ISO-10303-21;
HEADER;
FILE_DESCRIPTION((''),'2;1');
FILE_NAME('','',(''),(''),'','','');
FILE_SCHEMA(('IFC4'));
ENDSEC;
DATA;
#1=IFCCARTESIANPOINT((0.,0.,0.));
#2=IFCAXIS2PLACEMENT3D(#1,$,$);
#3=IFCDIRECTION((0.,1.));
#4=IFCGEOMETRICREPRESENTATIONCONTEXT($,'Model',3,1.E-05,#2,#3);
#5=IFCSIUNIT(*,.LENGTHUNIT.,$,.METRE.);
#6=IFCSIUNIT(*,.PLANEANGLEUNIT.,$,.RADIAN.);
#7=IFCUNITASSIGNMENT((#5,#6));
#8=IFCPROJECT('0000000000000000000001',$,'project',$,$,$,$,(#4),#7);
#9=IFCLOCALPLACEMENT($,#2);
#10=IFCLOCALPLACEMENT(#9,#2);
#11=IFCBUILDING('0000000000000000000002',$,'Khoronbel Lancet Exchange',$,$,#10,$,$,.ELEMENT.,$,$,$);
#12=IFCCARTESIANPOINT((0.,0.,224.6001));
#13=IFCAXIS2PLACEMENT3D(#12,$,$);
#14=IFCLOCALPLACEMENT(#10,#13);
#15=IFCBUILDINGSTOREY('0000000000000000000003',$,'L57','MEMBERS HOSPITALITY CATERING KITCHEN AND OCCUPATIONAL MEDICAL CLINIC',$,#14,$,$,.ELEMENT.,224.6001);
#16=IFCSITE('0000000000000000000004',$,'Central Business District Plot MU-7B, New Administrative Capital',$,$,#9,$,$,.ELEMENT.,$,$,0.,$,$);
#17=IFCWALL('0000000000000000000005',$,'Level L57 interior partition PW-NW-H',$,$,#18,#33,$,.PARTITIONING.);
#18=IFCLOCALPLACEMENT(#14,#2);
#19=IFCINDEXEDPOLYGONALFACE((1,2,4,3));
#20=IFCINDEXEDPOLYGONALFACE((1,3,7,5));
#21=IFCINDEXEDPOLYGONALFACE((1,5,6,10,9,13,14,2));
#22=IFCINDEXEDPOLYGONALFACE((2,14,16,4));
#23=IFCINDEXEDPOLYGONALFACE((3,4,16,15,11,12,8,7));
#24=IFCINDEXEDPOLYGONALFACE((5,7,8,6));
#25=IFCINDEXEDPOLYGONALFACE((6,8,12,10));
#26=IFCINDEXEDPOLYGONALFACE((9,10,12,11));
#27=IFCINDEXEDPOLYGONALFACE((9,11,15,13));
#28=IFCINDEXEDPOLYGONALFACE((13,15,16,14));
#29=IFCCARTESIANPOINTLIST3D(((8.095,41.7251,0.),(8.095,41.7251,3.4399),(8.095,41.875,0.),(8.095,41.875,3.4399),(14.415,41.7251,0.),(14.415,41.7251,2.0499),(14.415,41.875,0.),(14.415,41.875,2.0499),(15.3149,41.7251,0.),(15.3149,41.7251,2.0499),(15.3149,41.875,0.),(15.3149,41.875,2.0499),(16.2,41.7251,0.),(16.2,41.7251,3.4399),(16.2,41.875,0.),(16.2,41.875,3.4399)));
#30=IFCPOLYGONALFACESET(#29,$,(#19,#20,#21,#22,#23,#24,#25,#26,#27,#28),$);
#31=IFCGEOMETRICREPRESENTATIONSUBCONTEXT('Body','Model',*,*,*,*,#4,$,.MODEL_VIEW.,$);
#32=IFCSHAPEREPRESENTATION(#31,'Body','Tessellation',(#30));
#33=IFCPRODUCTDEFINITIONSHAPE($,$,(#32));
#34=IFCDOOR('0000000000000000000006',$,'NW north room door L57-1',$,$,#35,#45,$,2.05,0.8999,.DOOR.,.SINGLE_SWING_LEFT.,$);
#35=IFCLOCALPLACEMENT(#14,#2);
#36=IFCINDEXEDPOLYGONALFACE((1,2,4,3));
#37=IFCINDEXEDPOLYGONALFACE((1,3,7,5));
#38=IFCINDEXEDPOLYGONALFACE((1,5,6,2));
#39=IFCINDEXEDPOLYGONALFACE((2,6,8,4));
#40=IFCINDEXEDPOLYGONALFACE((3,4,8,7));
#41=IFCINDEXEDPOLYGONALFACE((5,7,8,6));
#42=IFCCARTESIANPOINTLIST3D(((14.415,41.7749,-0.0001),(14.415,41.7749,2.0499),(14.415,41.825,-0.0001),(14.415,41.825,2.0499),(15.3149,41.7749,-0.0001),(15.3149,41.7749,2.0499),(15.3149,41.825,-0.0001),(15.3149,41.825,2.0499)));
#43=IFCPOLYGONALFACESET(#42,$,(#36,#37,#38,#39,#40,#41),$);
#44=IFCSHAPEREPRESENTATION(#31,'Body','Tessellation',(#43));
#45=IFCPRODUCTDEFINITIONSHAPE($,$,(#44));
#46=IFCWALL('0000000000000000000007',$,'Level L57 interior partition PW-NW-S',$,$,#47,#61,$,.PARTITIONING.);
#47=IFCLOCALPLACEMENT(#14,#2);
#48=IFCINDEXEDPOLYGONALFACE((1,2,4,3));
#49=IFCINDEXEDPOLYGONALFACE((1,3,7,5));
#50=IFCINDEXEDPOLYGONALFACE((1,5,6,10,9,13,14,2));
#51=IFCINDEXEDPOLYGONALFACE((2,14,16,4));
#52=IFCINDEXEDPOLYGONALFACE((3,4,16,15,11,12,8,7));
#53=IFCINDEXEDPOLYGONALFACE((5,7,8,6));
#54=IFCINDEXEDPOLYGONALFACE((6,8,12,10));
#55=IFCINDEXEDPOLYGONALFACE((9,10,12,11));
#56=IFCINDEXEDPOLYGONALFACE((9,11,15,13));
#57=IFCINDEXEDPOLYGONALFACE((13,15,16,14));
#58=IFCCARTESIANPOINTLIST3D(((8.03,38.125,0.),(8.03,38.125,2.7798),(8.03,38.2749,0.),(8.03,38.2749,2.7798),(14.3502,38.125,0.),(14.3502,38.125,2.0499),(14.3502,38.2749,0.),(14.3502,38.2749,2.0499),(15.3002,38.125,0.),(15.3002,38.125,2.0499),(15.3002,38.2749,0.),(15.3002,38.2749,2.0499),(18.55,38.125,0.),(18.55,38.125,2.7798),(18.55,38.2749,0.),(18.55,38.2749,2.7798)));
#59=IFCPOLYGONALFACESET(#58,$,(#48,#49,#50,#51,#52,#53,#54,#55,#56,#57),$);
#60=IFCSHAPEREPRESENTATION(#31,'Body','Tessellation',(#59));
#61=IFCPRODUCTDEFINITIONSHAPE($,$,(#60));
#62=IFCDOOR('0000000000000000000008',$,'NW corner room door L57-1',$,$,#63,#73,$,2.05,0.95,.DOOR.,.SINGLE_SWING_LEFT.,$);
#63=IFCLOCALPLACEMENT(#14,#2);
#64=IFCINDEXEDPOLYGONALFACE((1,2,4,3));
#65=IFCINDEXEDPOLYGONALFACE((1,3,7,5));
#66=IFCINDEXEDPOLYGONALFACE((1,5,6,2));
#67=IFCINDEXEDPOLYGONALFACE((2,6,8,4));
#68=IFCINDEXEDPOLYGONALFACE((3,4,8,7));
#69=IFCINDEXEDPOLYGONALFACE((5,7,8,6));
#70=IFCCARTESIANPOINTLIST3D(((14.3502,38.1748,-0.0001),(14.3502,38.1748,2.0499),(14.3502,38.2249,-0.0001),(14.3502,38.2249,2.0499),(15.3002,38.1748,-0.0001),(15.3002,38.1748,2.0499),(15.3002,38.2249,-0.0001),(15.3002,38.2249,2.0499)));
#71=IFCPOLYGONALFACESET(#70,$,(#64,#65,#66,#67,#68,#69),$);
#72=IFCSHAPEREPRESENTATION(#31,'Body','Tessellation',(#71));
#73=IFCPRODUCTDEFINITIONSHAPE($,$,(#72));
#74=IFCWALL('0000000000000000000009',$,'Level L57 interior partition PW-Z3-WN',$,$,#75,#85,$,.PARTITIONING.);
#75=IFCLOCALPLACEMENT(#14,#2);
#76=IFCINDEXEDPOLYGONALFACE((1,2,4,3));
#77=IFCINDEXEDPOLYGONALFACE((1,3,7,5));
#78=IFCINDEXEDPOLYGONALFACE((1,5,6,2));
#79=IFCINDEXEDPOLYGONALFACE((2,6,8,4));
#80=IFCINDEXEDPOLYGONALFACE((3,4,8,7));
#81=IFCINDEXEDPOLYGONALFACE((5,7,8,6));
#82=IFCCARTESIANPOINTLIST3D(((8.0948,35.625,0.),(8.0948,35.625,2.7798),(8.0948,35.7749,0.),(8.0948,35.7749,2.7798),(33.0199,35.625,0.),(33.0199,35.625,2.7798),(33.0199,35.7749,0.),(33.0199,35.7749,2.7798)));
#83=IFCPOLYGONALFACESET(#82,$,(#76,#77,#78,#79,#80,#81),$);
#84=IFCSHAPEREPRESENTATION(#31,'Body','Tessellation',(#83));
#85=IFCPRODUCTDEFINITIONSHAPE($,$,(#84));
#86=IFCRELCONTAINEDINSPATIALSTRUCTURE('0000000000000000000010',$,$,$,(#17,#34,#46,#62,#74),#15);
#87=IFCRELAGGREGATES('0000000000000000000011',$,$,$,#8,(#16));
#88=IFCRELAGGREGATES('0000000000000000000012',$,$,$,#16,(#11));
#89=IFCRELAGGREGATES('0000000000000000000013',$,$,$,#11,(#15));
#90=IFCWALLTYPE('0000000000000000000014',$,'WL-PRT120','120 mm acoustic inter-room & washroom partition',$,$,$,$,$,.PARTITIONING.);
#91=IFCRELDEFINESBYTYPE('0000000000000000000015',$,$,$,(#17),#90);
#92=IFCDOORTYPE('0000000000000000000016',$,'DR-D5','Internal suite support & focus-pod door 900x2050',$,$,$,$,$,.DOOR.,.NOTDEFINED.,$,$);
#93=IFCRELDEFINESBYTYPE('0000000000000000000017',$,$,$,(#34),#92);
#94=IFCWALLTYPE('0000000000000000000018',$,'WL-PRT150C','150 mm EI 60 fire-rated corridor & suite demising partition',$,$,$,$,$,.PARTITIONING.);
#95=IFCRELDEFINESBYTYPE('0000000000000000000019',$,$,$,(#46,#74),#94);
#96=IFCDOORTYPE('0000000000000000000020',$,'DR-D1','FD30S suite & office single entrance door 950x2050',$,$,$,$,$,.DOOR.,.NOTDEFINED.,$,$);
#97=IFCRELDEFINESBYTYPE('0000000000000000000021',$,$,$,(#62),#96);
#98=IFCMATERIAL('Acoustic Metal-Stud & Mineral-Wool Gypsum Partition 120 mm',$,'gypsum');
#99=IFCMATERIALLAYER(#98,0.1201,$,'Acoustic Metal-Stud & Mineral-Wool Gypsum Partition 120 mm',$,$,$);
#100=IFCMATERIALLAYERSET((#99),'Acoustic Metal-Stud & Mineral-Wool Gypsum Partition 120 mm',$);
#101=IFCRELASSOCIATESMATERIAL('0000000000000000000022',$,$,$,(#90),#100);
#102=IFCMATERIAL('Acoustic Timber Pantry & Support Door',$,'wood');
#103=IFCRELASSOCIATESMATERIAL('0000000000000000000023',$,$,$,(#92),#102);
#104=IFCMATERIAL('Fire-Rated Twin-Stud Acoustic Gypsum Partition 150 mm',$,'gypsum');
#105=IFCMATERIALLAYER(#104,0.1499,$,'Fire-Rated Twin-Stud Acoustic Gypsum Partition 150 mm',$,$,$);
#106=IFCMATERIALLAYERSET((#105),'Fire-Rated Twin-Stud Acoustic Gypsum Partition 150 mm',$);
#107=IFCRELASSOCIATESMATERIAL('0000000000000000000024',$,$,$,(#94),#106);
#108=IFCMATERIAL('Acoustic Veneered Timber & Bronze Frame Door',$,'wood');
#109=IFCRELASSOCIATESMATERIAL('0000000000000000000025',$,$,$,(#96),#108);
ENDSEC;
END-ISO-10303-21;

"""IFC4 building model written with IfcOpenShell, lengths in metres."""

from ifc_helpers import new_model, si_unit, direction, frame, frame_2d, origin, place, context, subcontext, project, spatial, rectangle, extrude, material, layer, layer_set, type_object, element, fill, save


model = new_model("IFC4")

# Units and contexts
model_context = context("Model", 3, precision=1e-05, world=origin(), true_north=direction((0.0, 1.0)))
body_context = subcontext(model_context, "Body", "Model", "MODEL_VIEW")
ifc_project = project(units=[si_unit("LENGTHUNIT", "METRE"), si_unit("PLANEANGLEUNIT", "RADIAN")], contexts=[model_context])

# Site, building, storey
site_placement = place(None, origin())
site = spatial("IfcSite", under=ifc_project, at=site_placement, Name="Central Business District Plot MU-7B, New Administrative Capital", CompositionType="ELEMENT", RefElevation=0.0)
building_placement = place(site_placement, origin())
building = spatial("IfcBuilding", under=site, at=building_placement, Name="Khoronbel Lancet Exchange", CompositionType="ELEMENT")
storey_placement = place(building_placement, frame((0.0, 0.0, 224.6001)))
storey = spatial("IfcBuildingStorey", under=building, at=storey_placement, Name="L57", Description="MEMBERS HOSPITALITY CATERING KITCHEN AND OCCUPATIONAL MEDICAL CLINIC", CompositionType="ELEMENT", Elevation=224.6001)

# Walls, openings, doors
ifc_material_1 = material(Name="Acoustic Metal-Stud & Mineral-Wool Gypsum Partition 120 mm", Category="gypsum")
ifc_layer_1 = layer(ifc_material_1, 0.1201, Name="Acoustic Metal-Stud & Mineral-Wool Gypsum Partition 120 mm")
ifc_layer_set_1 = layer_set([ifc_layer_1], Name="Acoustic Metal-Stud & Mineral-Wool Gypsum Partition 120 mm")
wall_type_1 = type_object("IfcWallType", Name="WL-PRT120", Description="120 mm acoustic inter-room & washroom partition", PredefinedType="PARTITIONING", material=ifc_layer_set_1)
wall_1_placement = place(storey_placement, frame((8.095, 41.8, 0.0), z_axis=(0.0, 0.0, 1.0), x_axis=(1.0, 0.0, 0.0)))
wall_1 = element("IfcWall", 1, at=wall_1_placement, inside=storey, type_object=wall_type_1, Name="Level L57 interior partition PW-NW-H", PredefinedType="PARTITIONING", context=body_context, shape_type="SweptSolid", body=[
    extrude(rectangle(XDim=8.105, YDim=0.1499, at=frame_2d((4.0525, 0.0))), origin(), (0.0, 0.0, 1.0), 3.4399),
])
opening_1_placement = place(wall_1_placement, frame((6.3201, 0.0, 0.0)))
opening_1 = element("IfcOpeningElement", 2, at=opening_1_placement, cuts=wall_1, PredefinedType="OPENING", context=body_context, shape_type="SweptSolid", body=[
    extrude(rectangle(XDim=0.8999, YDim=2.05, at=frame_2d((0.45, 1.0249))), frame((0.0, 0.085, 0.0), z_axis=(0.0, -1.0, 0.0), x_axis=(1.0, 0.0, 0.0)), (0.0, 0.0, 1.0), 0.1699),
])
ifc_material_2 = material(Name="Acoustic Timber Pantry & Support Door", Category="wood")
door_type_1 = type_object("IfcDoorType", Name="DR-D5", Description="Internal suite support & focus-pod door 900x2050", OperationType="NOTDEFINED", PredefinedType="DOOR", material=ifc_material_2)
door_1_placement = place(opening_1_placement, origin())
door_1 = element("IfcDoor", 3, at=door_1_placement, inside=storey, type_object=door_type_1, Name="NW north room door L57-1", OperationType="SINGLE_SWING_LEFT", OverallHeight=2.05, OverallWidth=0.8999, PredefinedType="DOOR", context=body_context, shape_type="SweptSolid", body=[
    extrude(rectangle(XDim=0.8999, YDim=2.05, at=frame_2d((0.45, 1.0249))), frame((0.0, 0.0249, 0.0), z_axis=(0.0, -1.0, 0.0), x_axis=(1.0, 0.0, 0.0)), (0.0, 0.0, 1.0), 0.05),
])
fill(opening_1, door_1)
ifc_material_3 = material(Name="Fire-Rated Twin-Stud Acoustic Gypsum Partition 150 mm", Category="gypsum")
ifc_layer_2 = layer(ifc_material_3, 0.1499, Name="Fire-Rated Twin-Stud Acoustic Gypsum Partition 150 mm")
ifc_layer_set_2 = layer_set([ifc_layer_2], Name="Fire-Rated Twin-Stud Acoustic Gypsum Partition 150 mm")
wall_type_2 = type_object("IfcWallType", Name="WL-PRT150C", Description="150 mm EI 60 fire-rated corridor & suite demising partition", PredefinedType="PARTITIONING", material=ifc_layer_set_2)
wall_2_placement = place(storey_placement, frame((8.03, 38.2, 0.0), z_axis=(0.0, 0.0, 1.0), x_axis=(1.0, 0.0, 0.0)))
wall_2 = element("IfcWall", 4, at=wall_2_placement, inside=storey, type_object=wall_type_2, Name="Level L57 interior partition PW-NW-S", PredefinedType="PARTITIONING", context=body_context, shape_type="SweptSolid", body=[
    extrude(rectangle(XDim=10.52, YDim=0.1499, at=frame_2d((5.26, 0.0))), origin(), (0.0, 0.0, 1.0), 2.7798),
])
opening_2_placement = place(wall_2_placement, frame((6.3201, 0.0, 0.0)))
opening_2 = element("IfcOpeningElement", 5, at=opening_2_placement, cuts=wall_2, PredefinedType="OPENING", context=body_context, shape_type="SweptSolid", body=[
    extrude(rectangle(XDim=0.95, YDim=2.05, at=frame_2d((0.4751, 1.0249))), frame((0.0, 0.085, 0.0), z_axis=(0.0, -1.0, 0.0), x_axis=(1.0, 0.0, 0.0)), (0.0, 0.0, 1.0), 0.1699),
])
ifc_material_4 = material(Name="Acoustic Veneered Timber & Bronze Frame Door", Category="wood")
door_type_2 = type_object("IfcDoorType", Name="DR-D1", Description="FD30S suite & office single entrance door 950x2050", OperationType="NOTDEFINED", PredefinedType="DOOR", material=ifc_material_4)
door_2_placement = place(opening_2_placement, origin())
door_2 = element("IfcDoor", 6, at=door_2_placement, inside=storey, type_object=door_type_2, Name="NW corner room door L57-1", OperationType="SINGLE_SWING_LEFT", OverallHeight=2.05, OverallWidth=0.95, PredefinedType="DOOR", context=body_context, shape_type="SweptSolid", body=[
    extrude(rectangle(XDim=0.95, YDim=2.05, at=frame_2d((0.4751, 1.0249))), frame((0.0, 0.0249, 0.0), z_axis=(0.0, -1.0, 0.0), x_axis=(1.0, 0.0, 0.0)), (0.0, 0.0, 1.0), 0.05),
])
fill(opening_2, door_2)

# Wall
wall_3_placement = place(storey_placement, frame((8.095, 35.7, 0.0), z_axis=(0.0, 0.0, 1.0), x_axis=(1.0, 0.0, 0.0)))
element("IfcWall", 7, at=wall_3_placement, inside=storey, type_object=wall_type_2, Name="Level L57 interior partition PW-Z3-WN", PredefinedType="PARTITIONING", context=body_context, shape_type="SweptSolid", body=[
    extrude(rectangle(XDim=24.925, YDim=0.1499, at=frame_2d((12.4624, 0.0))), origin(), (0.0, 0.0, 1.0), 2.7798),
])

save(model, "model.ifc")
